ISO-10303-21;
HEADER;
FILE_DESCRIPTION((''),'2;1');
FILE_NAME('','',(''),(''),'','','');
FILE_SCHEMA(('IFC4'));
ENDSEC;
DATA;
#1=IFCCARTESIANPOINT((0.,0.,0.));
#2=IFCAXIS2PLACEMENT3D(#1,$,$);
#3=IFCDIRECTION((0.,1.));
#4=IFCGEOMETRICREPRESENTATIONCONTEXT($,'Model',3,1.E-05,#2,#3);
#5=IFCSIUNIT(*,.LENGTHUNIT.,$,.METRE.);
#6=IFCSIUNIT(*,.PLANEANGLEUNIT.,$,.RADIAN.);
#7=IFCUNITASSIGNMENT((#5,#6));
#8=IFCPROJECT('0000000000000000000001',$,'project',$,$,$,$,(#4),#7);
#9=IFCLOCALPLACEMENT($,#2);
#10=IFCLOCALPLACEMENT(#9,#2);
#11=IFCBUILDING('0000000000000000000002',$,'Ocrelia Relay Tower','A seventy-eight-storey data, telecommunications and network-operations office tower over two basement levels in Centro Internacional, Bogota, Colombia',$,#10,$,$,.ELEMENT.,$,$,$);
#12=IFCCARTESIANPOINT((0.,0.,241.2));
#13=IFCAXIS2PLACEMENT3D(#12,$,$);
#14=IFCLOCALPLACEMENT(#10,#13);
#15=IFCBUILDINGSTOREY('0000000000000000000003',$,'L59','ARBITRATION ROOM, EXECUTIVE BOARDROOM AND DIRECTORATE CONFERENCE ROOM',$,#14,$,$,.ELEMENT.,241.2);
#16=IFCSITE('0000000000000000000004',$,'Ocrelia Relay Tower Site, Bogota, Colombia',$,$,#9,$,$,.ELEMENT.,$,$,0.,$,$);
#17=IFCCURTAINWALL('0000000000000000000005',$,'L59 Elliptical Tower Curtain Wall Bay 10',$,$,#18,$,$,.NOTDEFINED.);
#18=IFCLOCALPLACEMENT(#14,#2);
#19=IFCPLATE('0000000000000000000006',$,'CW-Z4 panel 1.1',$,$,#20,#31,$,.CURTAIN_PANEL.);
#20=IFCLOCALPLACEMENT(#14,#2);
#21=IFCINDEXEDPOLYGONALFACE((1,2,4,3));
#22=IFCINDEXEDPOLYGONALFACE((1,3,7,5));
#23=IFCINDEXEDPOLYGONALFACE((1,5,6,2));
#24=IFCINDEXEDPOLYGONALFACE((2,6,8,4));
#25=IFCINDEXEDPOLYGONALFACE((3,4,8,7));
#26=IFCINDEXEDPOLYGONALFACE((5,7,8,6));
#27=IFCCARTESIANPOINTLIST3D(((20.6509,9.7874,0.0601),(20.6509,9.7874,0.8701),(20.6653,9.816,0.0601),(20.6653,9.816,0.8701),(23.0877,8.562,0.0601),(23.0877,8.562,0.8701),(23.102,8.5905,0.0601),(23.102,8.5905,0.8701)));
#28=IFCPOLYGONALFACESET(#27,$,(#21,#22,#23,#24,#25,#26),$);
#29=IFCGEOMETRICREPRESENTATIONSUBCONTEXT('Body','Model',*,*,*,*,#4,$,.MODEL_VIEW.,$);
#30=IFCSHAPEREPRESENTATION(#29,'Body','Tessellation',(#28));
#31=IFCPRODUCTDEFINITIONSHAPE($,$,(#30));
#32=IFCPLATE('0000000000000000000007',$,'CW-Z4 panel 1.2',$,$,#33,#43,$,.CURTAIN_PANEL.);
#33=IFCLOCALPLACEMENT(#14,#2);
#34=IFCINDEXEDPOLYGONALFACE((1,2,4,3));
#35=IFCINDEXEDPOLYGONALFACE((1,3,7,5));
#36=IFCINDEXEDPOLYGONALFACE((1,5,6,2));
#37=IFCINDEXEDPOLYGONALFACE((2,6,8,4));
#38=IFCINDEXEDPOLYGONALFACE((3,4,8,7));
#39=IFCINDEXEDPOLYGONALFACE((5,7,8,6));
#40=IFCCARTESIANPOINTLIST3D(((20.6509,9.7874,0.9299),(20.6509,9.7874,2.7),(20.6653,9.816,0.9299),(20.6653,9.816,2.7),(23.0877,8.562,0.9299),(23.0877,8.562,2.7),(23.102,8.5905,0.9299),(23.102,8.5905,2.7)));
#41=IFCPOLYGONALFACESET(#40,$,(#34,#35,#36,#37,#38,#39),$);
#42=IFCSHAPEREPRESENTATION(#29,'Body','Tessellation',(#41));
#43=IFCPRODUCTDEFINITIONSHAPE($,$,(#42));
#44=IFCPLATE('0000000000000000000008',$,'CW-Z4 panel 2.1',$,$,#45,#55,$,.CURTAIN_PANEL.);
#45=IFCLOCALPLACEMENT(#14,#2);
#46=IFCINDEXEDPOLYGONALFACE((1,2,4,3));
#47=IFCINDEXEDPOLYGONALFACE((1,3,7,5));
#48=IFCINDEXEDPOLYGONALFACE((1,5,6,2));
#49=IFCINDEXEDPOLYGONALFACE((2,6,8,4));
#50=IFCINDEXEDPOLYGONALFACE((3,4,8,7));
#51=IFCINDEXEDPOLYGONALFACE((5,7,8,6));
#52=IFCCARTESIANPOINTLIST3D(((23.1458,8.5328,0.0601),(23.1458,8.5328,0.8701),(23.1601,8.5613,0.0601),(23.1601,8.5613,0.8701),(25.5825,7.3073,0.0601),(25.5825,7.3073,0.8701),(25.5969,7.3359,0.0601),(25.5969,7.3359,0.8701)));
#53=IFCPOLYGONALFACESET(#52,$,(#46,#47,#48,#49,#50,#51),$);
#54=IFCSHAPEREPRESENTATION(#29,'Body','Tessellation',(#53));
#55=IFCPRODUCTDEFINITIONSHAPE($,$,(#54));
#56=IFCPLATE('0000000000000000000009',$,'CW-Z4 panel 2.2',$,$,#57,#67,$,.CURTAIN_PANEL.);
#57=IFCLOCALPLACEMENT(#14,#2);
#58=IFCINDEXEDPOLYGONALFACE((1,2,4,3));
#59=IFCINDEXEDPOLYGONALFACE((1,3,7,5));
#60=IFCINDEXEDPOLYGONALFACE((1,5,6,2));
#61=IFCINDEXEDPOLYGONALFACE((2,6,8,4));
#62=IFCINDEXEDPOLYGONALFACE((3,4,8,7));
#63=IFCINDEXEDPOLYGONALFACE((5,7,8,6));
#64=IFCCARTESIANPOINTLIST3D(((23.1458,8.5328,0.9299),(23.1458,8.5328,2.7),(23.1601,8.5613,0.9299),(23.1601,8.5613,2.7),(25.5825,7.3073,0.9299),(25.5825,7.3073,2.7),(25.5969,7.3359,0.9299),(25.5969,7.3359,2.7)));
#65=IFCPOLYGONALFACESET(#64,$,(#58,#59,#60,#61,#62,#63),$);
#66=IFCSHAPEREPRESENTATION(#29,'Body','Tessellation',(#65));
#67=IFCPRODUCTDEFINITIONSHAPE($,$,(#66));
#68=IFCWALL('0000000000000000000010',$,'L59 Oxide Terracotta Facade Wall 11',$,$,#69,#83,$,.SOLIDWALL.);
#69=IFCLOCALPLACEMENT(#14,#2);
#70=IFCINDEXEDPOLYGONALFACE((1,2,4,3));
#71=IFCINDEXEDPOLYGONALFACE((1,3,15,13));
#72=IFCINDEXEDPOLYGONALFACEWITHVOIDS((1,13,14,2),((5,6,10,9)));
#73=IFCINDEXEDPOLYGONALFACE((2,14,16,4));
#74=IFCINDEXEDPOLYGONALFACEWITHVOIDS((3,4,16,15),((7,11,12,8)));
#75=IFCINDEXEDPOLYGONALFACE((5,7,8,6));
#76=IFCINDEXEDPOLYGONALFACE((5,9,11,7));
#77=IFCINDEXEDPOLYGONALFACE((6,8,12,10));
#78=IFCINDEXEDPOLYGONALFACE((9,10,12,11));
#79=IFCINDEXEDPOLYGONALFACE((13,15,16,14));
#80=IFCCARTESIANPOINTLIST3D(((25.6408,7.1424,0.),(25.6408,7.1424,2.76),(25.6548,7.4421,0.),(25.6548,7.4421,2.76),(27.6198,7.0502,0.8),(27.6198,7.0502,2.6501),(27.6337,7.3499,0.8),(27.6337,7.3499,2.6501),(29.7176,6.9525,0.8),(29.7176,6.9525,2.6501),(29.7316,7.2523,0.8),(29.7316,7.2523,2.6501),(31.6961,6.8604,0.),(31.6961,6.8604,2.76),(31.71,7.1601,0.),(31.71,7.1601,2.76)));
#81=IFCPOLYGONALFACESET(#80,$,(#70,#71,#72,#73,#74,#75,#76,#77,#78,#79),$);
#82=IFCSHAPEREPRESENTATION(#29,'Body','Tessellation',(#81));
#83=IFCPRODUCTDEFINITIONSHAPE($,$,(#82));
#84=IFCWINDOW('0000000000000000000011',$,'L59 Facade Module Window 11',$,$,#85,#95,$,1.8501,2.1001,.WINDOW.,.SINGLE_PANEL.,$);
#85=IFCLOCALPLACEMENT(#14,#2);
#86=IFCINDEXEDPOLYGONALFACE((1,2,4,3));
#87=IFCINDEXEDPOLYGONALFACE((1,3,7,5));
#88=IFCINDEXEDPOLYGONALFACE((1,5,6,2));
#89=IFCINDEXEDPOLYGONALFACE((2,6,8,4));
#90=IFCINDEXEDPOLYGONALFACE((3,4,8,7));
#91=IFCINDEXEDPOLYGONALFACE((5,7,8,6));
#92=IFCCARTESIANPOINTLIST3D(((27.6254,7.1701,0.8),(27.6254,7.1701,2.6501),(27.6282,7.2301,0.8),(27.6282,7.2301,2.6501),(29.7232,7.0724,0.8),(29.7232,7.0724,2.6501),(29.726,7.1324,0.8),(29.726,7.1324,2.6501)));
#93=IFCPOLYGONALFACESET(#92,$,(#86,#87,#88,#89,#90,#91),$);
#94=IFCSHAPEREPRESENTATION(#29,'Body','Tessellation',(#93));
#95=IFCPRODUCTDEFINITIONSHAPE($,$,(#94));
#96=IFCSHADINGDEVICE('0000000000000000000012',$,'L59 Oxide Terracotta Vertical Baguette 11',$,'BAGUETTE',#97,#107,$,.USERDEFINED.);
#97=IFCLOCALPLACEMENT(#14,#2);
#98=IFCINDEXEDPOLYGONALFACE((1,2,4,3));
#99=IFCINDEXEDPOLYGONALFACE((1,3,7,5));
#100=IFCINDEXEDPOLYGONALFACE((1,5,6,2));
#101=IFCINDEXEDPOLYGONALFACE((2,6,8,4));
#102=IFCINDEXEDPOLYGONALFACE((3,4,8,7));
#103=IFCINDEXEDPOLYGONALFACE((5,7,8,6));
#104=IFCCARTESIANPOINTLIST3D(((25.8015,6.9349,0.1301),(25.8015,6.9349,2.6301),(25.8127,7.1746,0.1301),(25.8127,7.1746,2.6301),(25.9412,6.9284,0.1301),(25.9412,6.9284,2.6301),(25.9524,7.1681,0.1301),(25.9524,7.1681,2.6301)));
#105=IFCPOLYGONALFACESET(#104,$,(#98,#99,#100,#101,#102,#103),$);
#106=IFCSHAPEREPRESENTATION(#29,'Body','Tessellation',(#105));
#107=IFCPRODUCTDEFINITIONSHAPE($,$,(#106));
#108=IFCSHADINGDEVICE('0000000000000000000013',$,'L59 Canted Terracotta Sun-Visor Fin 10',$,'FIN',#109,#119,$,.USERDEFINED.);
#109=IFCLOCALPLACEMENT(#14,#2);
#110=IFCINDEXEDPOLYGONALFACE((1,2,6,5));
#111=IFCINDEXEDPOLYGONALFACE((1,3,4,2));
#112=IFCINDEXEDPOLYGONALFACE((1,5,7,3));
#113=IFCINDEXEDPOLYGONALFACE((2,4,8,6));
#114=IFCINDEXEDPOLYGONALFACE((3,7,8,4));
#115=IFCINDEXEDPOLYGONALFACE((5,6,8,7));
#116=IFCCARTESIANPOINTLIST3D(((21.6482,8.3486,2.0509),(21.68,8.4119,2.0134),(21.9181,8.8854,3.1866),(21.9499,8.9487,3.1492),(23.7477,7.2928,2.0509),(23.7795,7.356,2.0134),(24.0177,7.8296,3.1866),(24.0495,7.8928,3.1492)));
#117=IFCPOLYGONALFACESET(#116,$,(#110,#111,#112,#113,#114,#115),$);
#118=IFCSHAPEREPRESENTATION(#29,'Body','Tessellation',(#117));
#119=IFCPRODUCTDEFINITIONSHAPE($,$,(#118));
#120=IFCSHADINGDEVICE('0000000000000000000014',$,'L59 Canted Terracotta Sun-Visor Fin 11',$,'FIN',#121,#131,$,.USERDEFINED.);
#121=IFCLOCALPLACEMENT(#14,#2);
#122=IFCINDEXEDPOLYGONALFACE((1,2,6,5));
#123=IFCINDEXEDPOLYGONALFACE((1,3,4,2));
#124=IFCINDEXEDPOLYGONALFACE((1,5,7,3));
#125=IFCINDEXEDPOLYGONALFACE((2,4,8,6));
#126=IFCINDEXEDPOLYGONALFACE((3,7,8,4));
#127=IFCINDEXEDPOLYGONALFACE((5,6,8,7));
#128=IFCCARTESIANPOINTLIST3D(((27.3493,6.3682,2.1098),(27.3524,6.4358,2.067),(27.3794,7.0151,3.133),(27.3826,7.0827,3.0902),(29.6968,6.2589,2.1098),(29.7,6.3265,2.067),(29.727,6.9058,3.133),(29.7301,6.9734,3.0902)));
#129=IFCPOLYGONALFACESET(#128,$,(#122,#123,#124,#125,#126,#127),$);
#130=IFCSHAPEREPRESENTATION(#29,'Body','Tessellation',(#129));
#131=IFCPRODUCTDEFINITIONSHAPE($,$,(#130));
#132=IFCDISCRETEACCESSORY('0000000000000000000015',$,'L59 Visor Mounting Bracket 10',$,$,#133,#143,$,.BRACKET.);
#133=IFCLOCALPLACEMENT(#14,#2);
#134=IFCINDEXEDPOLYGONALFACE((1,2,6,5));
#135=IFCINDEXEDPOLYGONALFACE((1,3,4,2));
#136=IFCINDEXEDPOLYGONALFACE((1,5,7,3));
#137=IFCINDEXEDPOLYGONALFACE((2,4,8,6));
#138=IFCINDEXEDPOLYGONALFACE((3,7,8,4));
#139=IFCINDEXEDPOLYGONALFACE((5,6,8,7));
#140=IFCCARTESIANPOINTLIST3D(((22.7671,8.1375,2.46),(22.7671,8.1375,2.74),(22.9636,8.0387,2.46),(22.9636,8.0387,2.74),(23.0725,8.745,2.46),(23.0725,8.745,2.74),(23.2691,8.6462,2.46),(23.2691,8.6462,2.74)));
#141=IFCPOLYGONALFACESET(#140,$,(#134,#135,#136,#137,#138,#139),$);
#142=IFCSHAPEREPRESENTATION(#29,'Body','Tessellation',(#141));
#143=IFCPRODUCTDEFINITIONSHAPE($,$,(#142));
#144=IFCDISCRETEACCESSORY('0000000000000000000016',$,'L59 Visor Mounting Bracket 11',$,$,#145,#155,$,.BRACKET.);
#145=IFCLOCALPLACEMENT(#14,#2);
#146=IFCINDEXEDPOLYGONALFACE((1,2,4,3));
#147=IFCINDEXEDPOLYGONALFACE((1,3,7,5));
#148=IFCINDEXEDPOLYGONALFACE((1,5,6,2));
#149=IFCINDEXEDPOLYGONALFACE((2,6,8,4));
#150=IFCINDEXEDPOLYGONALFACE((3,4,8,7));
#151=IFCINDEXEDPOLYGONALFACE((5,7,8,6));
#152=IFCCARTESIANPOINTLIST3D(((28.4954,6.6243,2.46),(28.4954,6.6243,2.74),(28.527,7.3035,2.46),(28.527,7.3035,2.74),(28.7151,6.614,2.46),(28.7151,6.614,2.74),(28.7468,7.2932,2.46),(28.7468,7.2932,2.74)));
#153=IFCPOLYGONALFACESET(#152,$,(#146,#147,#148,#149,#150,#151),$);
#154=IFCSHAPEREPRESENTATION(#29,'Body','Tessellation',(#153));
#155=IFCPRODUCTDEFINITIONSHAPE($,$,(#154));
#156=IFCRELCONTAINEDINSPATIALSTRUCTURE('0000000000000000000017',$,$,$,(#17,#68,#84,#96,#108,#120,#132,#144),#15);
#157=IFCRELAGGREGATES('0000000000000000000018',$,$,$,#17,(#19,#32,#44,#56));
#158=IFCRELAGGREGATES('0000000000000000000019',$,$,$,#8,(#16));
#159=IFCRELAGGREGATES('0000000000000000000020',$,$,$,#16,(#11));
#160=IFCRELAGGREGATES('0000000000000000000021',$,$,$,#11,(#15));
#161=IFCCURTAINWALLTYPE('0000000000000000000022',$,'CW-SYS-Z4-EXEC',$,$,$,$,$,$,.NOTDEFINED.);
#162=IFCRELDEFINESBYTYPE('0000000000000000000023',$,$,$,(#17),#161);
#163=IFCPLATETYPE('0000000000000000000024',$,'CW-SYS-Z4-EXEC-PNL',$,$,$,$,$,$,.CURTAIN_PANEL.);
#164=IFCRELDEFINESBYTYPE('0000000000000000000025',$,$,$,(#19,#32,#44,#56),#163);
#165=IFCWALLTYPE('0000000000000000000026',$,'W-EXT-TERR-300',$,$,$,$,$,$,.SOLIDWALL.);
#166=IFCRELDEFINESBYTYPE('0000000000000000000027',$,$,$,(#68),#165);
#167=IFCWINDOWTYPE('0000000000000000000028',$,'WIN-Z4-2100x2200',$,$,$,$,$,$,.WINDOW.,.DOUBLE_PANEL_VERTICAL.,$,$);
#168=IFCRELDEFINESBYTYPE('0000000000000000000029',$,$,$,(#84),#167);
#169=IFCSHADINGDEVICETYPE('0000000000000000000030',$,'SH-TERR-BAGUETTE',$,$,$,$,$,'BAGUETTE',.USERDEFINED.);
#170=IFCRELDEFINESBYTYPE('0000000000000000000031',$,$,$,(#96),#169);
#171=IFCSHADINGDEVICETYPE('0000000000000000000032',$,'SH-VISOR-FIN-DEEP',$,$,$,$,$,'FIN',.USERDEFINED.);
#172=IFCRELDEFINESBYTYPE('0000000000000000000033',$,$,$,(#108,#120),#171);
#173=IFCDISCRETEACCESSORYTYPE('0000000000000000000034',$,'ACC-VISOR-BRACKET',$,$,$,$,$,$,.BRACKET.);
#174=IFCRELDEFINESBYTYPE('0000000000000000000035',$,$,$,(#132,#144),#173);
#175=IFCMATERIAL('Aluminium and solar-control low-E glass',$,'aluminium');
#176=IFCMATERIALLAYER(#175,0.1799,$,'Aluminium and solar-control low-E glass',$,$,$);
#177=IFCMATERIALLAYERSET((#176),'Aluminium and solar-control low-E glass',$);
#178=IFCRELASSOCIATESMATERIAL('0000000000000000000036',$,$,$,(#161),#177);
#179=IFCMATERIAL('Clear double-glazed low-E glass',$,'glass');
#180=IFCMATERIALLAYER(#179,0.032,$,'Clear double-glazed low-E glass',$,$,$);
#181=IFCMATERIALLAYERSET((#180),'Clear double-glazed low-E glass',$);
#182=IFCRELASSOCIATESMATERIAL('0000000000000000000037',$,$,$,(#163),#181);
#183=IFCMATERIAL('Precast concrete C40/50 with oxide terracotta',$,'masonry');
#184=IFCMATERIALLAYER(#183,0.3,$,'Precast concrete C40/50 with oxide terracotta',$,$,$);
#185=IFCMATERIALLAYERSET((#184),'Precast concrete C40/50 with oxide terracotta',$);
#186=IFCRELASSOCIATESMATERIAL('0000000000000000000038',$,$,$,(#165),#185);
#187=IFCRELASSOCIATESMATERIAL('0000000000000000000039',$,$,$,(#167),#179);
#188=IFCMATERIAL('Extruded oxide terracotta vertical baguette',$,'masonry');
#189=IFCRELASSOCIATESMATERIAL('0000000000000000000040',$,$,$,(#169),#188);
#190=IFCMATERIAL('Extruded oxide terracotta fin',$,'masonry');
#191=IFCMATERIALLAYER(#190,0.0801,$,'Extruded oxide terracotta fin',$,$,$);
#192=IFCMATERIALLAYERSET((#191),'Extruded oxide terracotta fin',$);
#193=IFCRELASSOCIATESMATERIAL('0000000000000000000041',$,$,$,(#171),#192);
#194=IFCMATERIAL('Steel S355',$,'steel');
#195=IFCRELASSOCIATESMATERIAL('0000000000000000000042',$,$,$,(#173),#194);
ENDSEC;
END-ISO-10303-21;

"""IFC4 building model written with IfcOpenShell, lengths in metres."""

from ifc_helpers import new_model, si_unit, direction, frame, frame_2d, origin, origin_2d, place, context, subcontext, project, spatial, rectangle, extrude, material, layer, layer_set, type_object, element, fill, aggregate, save


model = new_model("IFC4")

# Units and contexts
model_context = context("Model", 3, precision=1e-05, world=origin(), true_north=direction((0.0, 1.0)))
body_context = subcontext(model_context, "Body", "Model", "MODEL_VIEW")
ifc_project = project(units=[si_unit("LENGTHUNIT", "METRE"), si_unit("PLANEANGLEUNIT", "RADIAN")], contexts=[model_context])

# Site, building, storey
site_placement = place(None, origin())
site = spatial("IfcSite", under=ifc_project, at=site_placement, Name="Ocrelia Relay Tower Site, Bogota, Colombia", CompositionType="ELEMENT", RefElevation=0.0)
building_placement = place(site_placement, origin())
building = spatial("IfcBuilding", under=site, at=building_placement, Name="Ocrelia Relay Tower", Description="A seventy-eight-storey data, telecommunications and network-operations office tower over two basement levels in Centro Internacional, Bogota, Colombia", CompositionType="ELEMENT")
storey_placement = place(building_placement, frame((0.0, 0.0, 241.2)))
storey = spatial("IfcBuildingStorey", under=building, at=storey_placement, Name="L59", Description="ARBITRATION ROOM, EXECUTIVE BOARDROOM AND DIRECTORATE CONFERENCE ROOM", CompositionType="ELEMENT", Elevation=241.2)

# Shared definitions
ifc_material_1 = material(Name="Steel S355", Category="steel")

# Curtain wall, plates
ifc_material_2 = material(Name="Aluminium and solar-control low-E glass", Category="aluminium")
ifc_layer_1 = layer(ifc_material_2, 0.1799, Name="Aluminium and solar-control low-E glass")
ifc_layer_set_1 = layer_set([ifc_layer_1], Name="Aluminium and solar-control low-E glass")
curtain_wall_type = type_object("IfcCurtainWallType", Name="CW-SYS-Z4-EXEC", PredefinedType="NOTDEFINED", material=ifc_layer_set_1)
curtain_wall_placement = place(storey_placement, origin())
curtain_wall = element("IfcCurtainWall", 1, at=curtain_wall_placement, inside=storey, type_object=curtain_wall_type, Name="L59 Elliptical Tower Curtain Wall Bay 10", PredefinedType="NOTDEFINED")
ifc_material_3 = material(Name="Clear double-glazed low-E glass", Category="glass")
ifc_layer_2 = layer(ifc_material_3, 0.032, Name="Clear double-glazed low-E glass")
ifc_layer_set_2 = layer_set([ifc_layer_2], Name="Clear double-glazed low-E glass")
plate_type = type_object("IfcPlateType", Name="CW-SYS-Z4-EXEC-PNL", PredefinedType="CURTAIN_PANEL", material=ifc_layer_set_2)
plate_1_placement = place(storey_placement, frame((21.8765, 9.189, 0.0601), z_axis=(0.0, 0.0, 1.0), x_axis=(0.893388, -0.449287, 0.0)))
plate_1 = element("IfcPlate", 2, at=plate_1_placement, type_object=plate_type, Name="CW-Z4 panel 1.1", PredefinedType="CURTAIN_PANEL", context=body_context, shape_type="SweptSolid", body=[
    extrude(rectangle(XDim=2.7275, YDim=0.032, at=origin_2d()), origin(), (0.0, 0.0, 1.0), 0.8101),
])
plate_2_placement = place(storey_placement, frame((21.8765, 9.189, 0.9299), z_axis=(0.0, 0.0, 1.0), x_axis=(0.893388, -0.449287, 0.0)))
plate_2 = element("IfcPlate", 3, at=plate_2_placement, type_object=plate_type, Name="CW-Z4 panel 1.2", PredefinedType="CURTAIN_PANEL", context=body_context, shape_type="SweptSolid", body=[
    extrude(rectangle(XDim=2.7275, YDim=0.032, at=origin_2d()), origin(), (0.0, 0.0, 1.0), 1.77),
])
plate_3_placement = place(storey_placement, frame((24.3713, 7.9343, 0.0601), z_axis=(0.0, 0.0, 1.0), x_axis=(0.893388, -0.449287, 0.0)))
plate_3 = element("IfcPlate", 4, at=plate_3_placement, type_object=plate_type, Name="CW-Z4 panel 2.1", PredefinedType="CURTAIN_PANEL", context=body_context, shape_type="SweptSolid", body=[
    extrude(rectangle(XDim=2.7275, YDim=0.032, at=origin_2d()), origin(), (0.0, 0.0, 1.0), 0.8101),
])
plate_4_placement = place(storey_placement, frame((24.3713, 7.9343, 0.9299), z_axis=(0.0, 0.0, 1.0), x_axis=(0.893388, -0.449287, 0.0)))
plate_4 = element("IfcPlate", 5, at=plate_4_placement, type_object=plate_type, Name="CW-Z4 panel 2.2", PredefinedType="CURTAIN_PANEL", context=body_context, shape_type="SweptSolid", body=[
    extrude(rectangle(XDim=2.7275, YDim=0.032, at=origin_2d()), origin(), (0.0, 0.0, 1.0), 1.77),
])
aggregate(curtain_wall, [plate_1, plate_2, plate_3, plate_4])

# Wall, opening, window
ifc_material_4 = material(Name="Precast concrete C40/50 with oxide terracotta", Category="masonry")
ifc_layer_3 = layer(ifc_material_4, 0.3, Name="Precast concrete C40/50 with oxide terracotta")
ifc_layer_set_3 = layer_set([ifc_layer_3], Name="Precast concrete C40/50 with oxide terracotta")
wall_type = type_object("IfcWallType", Name="W-EXT-TERR-300", PredefinedType="SOLIDWALL", material=ifc_layer_set_3)
wall_placement = place(storey_placement, frame((25.6479, 7.2922, 0.0), z_axis=(0.0, 0.0, 1.0), x_axis=(0.998917, -0.046518, 0.0)))
wall = element("IfcWall", 6, at=wall_placement, inside=storey, type_object=wall_type, Name="L59 Oxide Terracotta Facade Wall 11", PredefinedType="SOLIDWALL", context=body_context, shape_type="SweptSolid", body=[
    extrude(rectangle(XDim=6.0618, YDim=0.3, at=frame_2d((3.0308, 0.0))), origin(), (0.0, 0.0, 1.0), 2.76),
])
opening_placement = place(wall_placement, frame((1.981, 0.0, 0.8)))
opening = element("IfcOpeningElement", 7, at=opening_placement, cuts=wall, PredefinedType="OPENING", context=body_context, shape_type="SweptSolid", body=[
    extrude(rectangle(XDim=2.1001, YDim=1.8501, at=frame_2d((1.05, 0.925))), frame((0.0, 0.1602, 0.0), z_axis=(0.0, -1.0, 0.0), x_axis=(1.0, 0.0, 0.0)), (0.0, 0.0, 1.0), 0.3201),
])
window_type = type_object("IfcWindowType", Name="WIN-Z4-2100x2200", PartitioningType="DOUBLE_PANEL_VERTICAL", PredefinedType="WINDOW", material=ifc_material_3)
window_placement = place(opening_placement, origin())
window = element("IfcWindow", 8, at=window_placement, inside=storey, type_object=window_type, Name="L59 Facade Module Window 11", OverallHeight=1.8501, OverallWidth=2.1001, PartitioningType="SINGLE_PANEL", PredefinedType="WINDOW", context=body_context, shape_type="SweptSolid", body=[
    extrude(rectangle(XDim=2.1001, YDim=1.8501, at=frame_2d((1.05, 0.925))), frame((0.0, 0.03, 0.0), z_axis=(0.0, -1.0, 0.0), x_axis=(1.0, 0.0, 0.0)), (0.0, 0.0, 1.0), 0.0601),
])
fill(opening, window)

# Shading devices
ifc_material_5 = material(Name="Extruded oxide terracotta vertical baguette", Category="masonry")
shading_device_type_1 = type_object("IfcShadingDeviceType", Name="SH-TERR-BAGUETTE", ElementType="BAGUETTE", PredefinedType="USERDEFINED", material=ifc_material_5)
shading_device_1_placement = place(storey_placement, frame((25.877, 7.0515, 0.1301), z_axis=(0.0, 0.0, 1.0), x_axis=(0.998917, -0.046537, 0.0)))
element("IfcShadingDevice", 9, at=shading_device_1_placement, inside=storey, type_object=shading_device_type_1, Name="L59 Oxide Terracotta Vertical Baguette 11", ObjectType="BAGUETTE", PredefinedType="USERDEFINED", context=body_context, shape_type="SweptSolid", body=[
    extrude(rectangle(XDim=0.1399, YDim=0.24, at=origin_2d()), origin(), (0.0, 0.0, 1.0), 2.5),
])
ifc_material_6 = material(Name="Extruded oxide terracotta fin", Category="masonry")
ifc_layer_4 = layer(ifc_material_6, 0.0801, Name="Extruded oxide terracotta fin")
ifc_layer_set_4 = layer_set([ifc_layer_4], Name="Extruded oxide terracotta fin")
shading_device_type_2 = type_object("IfcShadingDeviceType", Name="SH-VISOR-FIN-DEEP", ElementType="FIN", PredefinedType="USERDEFINED", material=ifc_layer_set_4)
shading_device_2_placement = place(storey_placement, frame((22.8647, 8.1523, 2.5813), z_axis=(-0.397137, -0.789691, 0.467621), x_axis=(0.893388, -0.449287, 0.0)))
element("IfcShadingDevice", 10, at=shading_device_2_placement, inside=storey, type_object=shading_device_type_2, Name="L59 Canted Terracotta Sun-Visor Fin 10", ObjectType="FIN", PredefinedType="USERDEFINED", context=body_context, shape_type="SweptSolid", body=[
    extrude(rectangle(XDim=2.3501, YDim=1.2849, at=origin_2d()), origin(), (0.0, 0.0, 1.0), 0.0801),
])
shading_device_3_placement = place(storey_placement, frame((28.5413, 6.7046, 2.5786), z_axis=(-0.039323, -0.844066, 0.534795), x_axis=(0.998917, -0.046537, 0.0)))
element("IfcShadingDevice", 11, at=shading_device_3_placement, inside=storey, type_object=shading_device_type_2, Name="L59 Canted Terracotta Sun-Visor Fin 11", ObjectType="FIN", PredefinedType="USERDEFINED", context=body_context, shape_type="SweptSolid", body=[
    extrude(rectangle(XDim=2.3501, YDim=1.2109, at=origin_2d()), origin(), (0.0, 0.0, 1.0), 0.0801),
])

# Discrete accessories
discrete_accessory_type = type_object("IfcDiscreteAccessoryType", Name="ACC-VISOR-BRACKET", PredefinedType="BRACKET", material=ifc_material_1)
for number, where, z_axis, x_axis, name in (
    (12, (23.0181, 8.3918, 2.46), (0.0, 0.0, 1.0), (0.893388, -0.449287, 0.0), "L59 Visor Mounting Bracket 10"),
    (13, (28.6211, 6.9587, 2.46), (0.0, 0.0, 1.0), (0.998917, -0.046537, 0.0), "L59 Visor Mounting Bracket 11"),
):
    element("IfcDiscreteAccessory", number, at=place(storey_placement, frame(where, z_axis=z_axis, x_axis=x_axis)), inside=storey, type_object=discrete_accessory_type, Name=name, PredefinedType="BRACKET", context=body_context, shape_type="SweptSolid", body=[
        extrude(rectangle(XDim=0.22, YDim=0.6799, at=origin_2d()), origin(), (0.0, 0.0, 1.0), 0.28),
    ])

save(model, "model.ifc")
